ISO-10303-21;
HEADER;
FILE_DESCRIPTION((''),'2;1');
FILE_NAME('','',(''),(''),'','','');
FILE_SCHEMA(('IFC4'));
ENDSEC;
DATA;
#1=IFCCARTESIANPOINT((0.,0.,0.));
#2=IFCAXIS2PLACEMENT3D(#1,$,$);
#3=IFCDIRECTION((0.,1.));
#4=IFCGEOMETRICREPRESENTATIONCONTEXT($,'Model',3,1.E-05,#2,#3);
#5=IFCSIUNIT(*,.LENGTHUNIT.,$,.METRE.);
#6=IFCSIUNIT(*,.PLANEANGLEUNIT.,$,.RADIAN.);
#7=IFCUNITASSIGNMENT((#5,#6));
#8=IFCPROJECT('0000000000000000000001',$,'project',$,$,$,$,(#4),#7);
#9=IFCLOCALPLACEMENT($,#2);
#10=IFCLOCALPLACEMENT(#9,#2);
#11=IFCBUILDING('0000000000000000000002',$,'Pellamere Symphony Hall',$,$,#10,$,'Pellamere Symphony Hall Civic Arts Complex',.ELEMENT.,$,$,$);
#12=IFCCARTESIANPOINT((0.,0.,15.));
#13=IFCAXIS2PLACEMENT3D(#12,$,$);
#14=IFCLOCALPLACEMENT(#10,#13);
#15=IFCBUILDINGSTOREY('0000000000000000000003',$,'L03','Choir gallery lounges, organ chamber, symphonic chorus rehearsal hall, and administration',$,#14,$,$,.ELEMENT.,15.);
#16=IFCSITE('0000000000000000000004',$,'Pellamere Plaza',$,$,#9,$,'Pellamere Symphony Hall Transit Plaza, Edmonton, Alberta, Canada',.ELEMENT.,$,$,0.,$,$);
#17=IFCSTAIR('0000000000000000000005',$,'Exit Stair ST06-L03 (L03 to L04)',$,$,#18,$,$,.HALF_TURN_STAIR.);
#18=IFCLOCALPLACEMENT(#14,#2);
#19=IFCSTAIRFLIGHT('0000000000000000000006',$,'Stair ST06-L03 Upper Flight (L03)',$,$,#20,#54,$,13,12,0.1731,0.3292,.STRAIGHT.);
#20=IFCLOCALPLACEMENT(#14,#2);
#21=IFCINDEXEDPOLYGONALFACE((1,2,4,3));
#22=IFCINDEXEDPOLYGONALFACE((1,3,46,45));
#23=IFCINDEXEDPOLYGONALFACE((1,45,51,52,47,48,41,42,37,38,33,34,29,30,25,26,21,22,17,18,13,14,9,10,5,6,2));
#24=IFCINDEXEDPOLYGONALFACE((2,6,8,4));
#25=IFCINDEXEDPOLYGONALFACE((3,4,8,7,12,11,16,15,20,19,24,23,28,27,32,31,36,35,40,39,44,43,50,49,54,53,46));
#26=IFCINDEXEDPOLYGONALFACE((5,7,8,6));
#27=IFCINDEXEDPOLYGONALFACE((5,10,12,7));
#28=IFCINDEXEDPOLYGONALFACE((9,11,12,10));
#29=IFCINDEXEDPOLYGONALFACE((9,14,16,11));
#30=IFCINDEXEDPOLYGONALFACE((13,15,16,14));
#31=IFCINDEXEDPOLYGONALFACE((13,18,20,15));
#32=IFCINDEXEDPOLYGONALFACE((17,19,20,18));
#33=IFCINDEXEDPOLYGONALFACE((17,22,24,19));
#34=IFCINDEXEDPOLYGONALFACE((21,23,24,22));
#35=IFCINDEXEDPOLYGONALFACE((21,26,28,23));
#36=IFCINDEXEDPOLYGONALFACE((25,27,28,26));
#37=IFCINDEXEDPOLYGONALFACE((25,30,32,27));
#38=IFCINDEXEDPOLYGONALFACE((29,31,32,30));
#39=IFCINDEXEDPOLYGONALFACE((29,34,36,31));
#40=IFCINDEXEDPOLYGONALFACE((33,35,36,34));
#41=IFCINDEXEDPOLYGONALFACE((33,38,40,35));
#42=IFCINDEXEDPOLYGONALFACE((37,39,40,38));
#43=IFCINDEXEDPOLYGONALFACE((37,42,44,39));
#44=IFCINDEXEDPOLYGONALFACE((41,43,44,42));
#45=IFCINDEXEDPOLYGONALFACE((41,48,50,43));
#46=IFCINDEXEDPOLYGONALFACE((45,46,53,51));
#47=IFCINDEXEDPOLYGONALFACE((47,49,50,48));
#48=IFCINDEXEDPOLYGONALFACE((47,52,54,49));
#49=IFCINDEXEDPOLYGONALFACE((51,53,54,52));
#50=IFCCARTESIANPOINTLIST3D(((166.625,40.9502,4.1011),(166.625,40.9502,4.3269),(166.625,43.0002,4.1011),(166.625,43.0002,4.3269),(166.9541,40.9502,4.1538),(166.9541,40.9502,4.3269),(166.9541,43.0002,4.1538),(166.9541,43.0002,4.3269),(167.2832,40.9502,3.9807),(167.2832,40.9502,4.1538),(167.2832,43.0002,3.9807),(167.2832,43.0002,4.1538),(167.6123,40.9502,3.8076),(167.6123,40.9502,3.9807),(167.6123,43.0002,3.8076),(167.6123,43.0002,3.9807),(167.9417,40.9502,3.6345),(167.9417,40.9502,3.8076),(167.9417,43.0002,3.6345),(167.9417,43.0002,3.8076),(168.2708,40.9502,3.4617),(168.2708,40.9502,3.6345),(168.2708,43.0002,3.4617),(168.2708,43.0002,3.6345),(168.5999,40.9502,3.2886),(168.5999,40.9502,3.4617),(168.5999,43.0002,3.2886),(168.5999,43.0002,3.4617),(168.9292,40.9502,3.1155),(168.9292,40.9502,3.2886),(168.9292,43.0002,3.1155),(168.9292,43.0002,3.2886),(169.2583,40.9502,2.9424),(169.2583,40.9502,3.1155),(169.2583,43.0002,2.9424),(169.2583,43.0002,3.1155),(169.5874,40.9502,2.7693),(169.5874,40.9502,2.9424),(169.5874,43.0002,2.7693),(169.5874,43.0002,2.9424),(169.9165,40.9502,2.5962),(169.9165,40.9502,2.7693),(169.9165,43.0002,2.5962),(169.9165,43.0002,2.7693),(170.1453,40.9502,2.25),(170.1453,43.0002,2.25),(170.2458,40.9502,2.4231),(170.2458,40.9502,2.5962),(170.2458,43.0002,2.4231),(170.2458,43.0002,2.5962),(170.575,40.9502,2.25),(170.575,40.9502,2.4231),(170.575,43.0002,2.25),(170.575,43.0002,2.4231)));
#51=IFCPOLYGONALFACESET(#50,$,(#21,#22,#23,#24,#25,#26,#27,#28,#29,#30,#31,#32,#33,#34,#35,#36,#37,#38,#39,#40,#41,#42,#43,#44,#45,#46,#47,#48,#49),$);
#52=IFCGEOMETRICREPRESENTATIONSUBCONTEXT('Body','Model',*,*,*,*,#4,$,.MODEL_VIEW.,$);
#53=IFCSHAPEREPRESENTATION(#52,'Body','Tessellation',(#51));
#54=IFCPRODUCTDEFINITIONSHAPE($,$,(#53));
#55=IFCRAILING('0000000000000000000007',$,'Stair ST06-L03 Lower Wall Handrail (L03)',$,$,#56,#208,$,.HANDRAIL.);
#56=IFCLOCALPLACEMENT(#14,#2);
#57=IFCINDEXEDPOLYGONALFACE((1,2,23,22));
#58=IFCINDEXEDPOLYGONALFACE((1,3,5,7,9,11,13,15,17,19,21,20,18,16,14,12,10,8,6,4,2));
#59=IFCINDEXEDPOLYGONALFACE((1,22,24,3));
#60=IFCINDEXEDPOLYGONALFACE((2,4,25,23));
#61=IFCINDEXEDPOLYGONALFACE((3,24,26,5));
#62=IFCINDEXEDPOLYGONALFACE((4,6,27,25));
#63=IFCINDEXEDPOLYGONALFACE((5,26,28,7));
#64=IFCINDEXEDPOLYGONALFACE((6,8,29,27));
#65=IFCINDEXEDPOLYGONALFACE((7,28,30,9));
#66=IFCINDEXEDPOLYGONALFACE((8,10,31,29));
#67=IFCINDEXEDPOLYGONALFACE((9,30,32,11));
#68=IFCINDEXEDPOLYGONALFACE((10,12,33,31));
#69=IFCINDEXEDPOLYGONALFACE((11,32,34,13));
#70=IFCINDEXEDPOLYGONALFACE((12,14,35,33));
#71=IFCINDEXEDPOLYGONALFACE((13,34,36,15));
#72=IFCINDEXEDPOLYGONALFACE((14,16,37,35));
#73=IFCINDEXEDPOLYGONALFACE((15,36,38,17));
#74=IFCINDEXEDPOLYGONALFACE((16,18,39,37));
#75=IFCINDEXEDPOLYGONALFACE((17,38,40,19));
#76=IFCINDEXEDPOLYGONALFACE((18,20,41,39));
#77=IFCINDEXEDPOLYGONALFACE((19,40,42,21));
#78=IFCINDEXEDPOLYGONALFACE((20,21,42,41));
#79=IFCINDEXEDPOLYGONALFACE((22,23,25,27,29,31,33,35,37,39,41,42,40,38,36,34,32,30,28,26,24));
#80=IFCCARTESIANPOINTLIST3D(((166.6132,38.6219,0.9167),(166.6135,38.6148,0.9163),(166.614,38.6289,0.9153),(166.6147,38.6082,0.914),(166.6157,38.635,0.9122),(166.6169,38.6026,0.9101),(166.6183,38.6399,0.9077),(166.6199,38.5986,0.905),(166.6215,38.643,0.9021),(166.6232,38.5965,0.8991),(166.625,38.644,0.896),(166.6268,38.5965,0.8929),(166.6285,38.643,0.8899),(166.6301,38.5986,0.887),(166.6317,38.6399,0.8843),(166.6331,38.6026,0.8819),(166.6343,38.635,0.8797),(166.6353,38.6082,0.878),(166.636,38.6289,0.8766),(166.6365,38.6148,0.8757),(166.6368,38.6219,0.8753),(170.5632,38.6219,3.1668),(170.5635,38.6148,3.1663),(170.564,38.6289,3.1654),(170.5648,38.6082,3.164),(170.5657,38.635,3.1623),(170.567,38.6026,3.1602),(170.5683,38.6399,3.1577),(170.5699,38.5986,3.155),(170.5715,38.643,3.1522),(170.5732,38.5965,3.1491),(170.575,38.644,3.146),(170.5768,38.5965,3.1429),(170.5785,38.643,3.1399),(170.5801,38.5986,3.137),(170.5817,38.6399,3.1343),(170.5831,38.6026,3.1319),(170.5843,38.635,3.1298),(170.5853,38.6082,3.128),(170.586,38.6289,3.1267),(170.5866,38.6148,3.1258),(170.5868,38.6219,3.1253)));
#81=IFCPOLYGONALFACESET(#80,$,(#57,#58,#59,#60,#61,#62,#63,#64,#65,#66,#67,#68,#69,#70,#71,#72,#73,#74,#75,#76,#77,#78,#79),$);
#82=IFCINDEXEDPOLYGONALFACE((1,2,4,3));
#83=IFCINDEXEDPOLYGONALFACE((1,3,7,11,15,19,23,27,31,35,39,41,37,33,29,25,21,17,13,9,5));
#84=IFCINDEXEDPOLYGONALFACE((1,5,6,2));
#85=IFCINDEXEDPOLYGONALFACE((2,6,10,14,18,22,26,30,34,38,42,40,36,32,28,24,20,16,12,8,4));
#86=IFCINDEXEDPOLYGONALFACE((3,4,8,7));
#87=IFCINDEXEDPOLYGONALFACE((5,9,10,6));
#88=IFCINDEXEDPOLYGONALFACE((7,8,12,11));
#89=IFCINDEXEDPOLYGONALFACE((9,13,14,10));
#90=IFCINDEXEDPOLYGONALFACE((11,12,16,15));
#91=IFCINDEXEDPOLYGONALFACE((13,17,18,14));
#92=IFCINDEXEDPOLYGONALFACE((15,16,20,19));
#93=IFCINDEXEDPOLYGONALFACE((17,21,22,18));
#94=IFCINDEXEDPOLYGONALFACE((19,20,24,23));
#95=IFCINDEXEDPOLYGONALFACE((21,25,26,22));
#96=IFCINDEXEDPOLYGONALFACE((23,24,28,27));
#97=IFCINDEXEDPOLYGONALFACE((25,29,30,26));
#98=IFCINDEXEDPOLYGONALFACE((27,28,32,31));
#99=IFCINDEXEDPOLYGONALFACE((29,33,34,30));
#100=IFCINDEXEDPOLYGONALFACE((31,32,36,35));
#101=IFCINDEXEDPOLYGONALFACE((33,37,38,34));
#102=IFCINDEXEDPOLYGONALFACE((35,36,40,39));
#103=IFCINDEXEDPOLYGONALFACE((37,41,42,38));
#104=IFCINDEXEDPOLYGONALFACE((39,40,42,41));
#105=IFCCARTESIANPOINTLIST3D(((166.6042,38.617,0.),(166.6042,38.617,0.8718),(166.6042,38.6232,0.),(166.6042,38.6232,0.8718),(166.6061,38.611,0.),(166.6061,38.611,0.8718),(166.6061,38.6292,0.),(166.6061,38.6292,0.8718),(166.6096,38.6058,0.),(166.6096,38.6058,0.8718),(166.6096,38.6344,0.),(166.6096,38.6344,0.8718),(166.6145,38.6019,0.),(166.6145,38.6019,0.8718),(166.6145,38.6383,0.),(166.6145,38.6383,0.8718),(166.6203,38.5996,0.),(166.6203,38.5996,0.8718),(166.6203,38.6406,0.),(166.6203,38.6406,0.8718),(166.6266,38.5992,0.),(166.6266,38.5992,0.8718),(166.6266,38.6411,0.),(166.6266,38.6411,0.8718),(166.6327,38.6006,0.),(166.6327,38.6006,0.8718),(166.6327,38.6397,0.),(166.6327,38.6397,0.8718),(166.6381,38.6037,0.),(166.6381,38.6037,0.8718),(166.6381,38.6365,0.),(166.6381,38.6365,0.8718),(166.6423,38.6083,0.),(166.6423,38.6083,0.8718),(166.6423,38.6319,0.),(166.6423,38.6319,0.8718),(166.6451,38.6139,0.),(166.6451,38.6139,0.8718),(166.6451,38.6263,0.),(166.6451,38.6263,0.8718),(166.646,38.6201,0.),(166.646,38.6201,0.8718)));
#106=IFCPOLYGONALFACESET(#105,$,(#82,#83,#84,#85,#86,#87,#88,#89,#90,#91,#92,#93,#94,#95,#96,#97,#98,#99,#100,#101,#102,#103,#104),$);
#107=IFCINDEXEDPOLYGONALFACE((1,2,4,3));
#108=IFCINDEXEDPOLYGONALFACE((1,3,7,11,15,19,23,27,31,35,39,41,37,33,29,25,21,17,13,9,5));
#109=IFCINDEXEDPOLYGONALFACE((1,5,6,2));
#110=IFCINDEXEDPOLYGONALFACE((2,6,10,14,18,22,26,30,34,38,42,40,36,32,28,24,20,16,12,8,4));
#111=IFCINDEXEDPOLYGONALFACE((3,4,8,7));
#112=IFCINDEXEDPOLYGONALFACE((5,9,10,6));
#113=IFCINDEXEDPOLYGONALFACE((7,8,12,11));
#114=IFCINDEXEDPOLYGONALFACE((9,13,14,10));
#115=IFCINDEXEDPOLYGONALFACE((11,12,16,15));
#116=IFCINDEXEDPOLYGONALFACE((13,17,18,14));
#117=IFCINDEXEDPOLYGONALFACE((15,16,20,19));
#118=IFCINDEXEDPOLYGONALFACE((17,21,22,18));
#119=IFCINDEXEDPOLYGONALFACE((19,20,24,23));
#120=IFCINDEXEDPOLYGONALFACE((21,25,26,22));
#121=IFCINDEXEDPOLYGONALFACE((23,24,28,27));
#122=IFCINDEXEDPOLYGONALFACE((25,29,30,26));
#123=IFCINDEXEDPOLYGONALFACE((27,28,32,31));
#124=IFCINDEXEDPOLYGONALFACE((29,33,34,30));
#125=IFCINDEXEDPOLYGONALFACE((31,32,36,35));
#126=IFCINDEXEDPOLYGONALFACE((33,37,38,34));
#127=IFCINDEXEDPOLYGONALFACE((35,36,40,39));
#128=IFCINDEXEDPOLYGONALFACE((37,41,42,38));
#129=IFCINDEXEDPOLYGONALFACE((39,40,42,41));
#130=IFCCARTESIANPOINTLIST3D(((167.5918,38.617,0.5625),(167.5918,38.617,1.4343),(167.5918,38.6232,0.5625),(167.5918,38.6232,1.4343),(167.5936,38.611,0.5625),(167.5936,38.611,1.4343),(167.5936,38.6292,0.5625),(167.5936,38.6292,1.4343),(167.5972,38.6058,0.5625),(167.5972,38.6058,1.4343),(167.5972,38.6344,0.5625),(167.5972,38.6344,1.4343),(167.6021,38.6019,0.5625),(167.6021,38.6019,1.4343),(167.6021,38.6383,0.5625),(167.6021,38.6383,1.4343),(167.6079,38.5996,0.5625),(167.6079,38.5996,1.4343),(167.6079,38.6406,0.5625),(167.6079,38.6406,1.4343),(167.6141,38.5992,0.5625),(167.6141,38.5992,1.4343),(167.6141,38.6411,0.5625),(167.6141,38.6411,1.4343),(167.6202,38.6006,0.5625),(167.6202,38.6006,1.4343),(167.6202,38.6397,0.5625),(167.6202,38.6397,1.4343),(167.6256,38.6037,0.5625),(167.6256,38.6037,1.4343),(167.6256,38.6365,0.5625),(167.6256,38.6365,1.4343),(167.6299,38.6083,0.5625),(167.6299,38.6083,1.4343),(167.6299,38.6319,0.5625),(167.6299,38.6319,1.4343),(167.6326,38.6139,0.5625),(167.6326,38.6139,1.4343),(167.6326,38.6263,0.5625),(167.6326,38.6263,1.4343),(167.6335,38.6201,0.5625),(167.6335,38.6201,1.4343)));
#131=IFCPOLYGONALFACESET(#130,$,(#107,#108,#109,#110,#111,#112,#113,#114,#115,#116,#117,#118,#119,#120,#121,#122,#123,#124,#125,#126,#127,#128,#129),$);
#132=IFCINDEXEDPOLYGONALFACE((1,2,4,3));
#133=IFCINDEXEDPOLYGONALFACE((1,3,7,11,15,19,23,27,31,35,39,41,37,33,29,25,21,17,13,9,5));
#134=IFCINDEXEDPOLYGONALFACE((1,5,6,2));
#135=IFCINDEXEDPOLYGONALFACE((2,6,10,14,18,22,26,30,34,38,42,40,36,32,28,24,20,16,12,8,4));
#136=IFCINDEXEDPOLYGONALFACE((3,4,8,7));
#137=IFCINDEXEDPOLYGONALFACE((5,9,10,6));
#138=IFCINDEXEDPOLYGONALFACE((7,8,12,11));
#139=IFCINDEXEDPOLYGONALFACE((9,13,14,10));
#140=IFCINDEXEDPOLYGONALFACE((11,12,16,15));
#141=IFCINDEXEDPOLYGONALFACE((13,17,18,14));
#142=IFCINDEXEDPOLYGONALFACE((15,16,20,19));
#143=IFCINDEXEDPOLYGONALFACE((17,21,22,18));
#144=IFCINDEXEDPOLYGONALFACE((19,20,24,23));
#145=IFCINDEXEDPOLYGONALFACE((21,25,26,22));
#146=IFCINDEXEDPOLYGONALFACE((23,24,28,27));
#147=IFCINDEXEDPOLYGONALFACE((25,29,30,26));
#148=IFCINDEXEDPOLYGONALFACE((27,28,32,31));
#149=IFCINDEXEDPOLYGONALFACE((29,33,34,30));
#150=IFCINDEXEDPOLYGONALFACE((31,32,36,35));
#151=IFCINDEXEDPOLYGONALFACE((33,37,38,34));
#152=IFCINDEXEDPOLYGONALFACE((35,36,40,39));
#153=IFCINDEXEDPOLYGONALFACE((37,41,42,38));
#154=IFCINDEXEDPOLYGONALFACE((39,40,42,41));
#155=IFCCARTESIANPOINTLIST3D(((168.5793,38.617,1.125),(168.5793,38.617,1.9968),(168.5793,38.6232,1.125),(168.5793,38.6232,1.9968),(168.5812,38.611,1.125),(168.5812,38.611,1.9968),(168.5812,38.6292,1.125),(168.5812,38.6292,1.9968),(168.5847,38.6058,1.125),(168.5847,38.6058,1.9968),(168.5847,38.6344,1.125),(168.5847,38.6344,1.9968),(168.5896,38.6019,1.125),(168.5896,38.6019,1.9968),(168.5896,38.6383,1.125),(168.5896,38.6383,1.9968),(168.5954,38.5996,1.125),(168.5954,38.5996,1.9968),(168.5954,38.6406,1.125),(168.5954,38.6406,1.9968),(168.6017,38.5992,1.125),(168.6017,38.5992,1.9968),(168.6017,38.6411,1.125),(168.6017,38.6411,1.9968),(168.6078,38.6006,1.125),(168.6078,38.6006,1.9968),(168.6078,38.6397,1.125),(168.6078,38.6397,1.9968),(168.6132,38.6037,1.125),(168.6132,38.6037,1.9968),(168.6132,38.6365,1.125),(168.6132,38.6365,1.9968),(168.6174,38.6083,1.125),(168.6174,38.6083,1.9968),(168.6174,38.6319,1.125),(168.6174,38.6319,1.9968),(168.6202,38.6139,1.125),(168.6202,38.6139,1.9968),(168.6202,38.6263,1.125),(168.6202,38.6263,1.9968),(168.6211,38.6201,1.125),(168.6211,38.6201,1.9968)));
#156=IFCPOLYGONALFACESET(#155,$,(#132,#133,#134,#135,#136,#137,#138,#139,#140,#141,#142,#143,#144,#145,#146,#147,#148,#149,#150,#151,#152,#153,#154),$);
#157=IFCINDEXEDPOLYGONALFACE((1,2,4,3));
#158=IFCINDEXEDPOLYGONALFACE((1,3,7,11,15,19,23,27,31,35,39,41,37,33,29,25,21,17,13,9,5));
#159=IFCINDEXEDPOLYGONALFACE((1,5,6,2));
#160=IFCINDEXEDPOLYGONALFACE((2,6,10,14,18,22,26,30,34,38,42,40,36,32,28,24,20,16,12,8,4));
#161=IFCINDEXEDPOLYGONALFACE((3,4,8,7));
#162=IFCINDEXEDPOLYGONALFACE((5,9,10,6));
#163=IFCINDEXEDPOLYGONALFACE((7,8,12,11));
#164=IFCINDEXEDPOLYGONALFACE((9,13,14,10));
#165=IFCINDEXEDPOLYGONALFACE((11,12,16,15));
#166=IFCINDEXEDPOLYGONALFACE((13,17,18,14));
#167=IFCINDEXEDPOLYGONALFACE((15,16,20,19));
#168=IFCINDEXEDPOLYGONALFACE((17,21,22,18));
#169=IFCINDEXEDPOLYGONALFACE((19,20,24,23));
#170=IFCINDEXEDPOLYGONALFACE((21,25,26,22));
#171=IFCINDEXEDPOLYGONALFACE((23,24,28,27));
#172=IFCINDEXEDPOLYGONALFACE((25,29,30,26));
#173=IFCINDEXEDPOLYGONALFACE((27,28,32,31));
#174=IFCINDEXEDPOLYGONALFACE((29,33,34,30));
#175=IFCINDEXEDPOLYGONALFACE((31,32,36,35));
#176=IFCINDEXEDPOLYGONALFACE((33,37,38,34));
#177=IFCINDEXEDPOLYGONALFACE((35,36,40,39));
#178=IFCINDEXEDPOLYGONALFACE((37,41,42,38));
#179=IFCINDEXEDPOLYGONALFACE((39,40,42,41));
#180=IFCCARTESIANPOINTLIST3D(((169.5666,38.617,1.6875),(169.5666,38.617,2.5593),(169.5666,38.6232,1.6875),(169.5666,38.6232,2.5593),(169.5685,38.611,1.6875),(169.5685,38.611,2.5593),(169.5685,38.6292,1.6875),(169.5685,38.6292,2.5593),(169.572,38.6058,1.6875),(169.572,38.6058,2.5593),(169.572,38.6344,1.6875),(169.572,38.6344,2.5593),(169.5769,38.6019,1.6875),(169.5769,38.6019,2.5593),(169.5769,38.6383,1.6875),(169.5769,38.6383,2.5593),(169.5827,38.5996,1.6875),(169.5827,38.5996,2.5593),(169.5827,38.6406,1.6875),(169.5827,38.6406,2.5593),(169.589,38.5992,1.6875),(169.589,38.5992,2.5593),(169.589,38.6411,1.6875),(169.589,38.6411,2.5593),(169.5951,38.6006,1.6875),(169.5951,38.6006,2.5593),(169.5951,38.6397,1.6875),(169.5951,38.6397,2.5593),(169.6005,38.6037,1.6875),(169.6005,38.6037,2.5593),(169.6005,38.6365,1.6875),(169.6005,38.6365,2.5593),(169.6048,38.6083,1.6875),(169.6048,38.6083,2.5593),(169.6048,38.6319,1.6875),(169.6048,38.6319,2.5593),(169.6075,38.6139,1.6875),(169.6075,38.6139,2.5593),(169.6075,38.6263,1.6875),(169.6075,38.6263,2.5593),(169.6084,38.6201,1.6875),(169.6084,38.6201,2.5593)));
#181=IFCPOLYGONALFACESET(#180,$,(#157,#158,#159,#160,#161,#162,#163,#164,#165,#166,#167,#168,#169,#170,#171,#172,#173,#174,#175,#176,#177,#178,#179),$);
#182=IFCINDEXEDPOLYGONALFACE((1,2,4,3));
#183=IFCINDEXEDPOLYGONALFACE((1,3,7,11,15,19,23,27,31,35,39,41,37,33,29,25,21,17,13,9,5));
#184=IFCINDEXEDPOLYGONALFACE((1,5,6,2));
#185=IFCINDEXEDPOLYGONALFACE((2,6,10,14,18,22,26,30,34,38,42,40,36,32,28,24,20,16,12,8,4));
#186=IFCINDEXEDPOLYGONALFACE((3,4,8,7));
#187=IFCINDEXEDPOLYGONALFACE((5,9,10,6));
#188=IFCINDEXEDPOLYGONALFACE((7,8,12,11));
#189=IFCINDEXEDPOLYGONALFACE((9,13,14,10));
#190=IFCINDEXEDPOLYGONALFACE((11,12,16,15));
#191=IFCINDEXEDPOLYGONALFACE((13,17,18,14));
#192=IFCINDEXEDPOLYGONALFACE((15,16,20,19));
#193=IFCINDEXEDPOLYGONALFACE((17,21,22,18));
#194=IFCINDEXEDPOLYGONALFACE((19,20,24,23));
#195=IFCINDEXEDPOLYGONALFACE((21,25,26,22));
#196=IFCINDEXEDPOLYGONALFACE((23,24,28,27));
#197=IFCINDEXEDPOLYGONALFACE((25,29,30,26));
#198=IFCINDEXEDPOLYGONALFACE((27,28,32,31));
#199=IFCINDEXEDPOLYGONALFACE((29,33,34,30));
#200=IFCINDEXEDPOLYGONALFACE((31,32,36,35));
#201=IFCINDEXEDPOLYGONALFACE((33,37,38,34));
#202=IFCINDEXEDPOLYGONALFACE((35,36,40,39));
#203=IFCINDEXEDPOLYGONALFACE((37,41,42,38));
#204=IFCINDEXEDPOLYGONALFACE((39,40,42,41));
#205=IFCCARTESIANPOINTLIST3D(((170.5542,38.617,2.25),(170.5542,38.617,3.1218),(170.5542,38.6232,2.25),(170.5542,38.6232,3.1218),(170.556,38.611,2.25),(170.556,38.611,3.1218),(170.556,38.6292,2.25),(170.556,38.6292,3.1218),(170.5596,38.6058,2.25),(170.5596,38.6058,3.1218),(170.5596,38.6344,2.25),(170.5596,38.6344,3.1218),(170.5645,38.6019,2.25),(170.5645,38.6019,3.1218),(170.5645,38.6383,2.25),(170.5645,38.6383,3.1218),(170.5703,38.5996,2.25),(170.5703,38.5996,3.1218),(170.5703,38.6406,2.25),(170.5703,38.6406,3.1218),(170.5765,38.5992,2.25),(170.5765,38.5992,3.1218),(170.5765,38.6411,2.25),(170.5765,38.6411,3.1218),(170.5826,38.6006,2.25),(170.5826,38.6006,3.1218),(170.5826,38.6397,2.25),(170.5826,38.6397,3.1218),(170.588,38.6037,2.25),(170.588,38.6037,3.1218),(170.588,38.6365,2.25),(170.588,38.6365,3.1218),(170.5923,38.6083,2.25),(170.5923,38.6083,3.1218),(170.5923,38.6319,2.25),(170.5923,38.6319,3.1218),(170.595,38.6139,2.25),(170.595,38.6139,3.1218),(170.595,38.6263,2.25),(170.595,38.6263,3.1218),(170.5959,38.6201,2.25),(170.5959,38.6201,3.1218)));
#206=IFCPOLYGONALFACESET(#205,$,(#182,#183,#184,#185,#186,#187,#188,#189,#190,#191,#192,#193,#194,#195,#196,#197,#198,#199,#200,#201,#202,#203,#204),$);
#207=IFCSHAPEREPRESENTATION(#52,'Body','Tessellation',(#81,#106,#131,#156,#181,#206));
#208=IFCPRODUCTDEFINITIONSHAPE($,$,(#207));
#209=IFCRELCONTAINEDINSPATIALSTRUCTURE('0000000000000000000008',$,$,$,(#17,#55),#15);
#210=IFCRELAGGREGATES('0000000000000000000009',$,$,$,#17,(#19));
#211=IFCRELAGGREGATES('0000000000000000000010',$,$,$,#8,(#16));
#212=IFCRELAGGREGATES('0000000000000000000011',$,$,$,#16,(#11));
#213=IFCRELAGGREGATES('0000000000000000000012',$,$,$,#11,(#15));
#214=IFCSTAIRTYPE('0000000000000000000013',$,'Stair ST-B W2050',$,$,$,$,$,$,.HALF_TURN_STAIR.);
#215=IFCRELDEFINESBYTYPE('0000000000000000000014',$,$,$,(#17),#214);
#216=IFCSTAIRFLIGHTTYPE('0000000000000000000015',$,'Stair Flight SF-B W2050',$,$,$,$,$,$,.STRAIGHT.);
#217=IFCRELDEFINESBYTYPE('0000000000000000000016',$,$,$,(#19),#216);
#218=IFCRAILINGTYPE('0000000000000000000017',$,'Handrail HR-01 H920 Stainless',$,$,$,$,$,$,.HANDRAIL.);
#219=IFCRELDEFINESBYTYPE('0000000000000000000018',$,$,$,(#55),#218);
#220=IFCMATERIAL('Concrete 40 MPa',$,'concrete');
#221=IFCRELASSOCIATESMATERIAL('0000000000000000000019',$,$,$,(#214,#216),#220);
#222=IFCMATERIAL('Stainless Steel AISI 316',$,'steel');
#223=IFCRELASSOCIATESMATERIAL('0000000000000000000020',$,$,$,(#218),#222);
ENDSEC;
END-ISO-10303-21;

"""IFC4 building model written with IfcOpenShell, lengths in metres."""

from ifc_helpers import new_model, si_unit, direction, frame, origin, origin_2d, place, context, subcontext, project, spatial, polyline, circle, outline, extrude, material, type_object, element, aggregate, save


model = new_model("IFC4")

# Units and contexts
model_context = context("Model", 3, precision=1e-05, world=origin(), true_north=direction((0.0, 1.0)))
body_context = subcontext(model_context, "Body", "Model", "MODEL_VIEW")
ifc_project = project(units=[si_unit("LENGTHUNIT", "METRE"), si_unit("PLANEANGLEUNIT", "RADIAN")], contexts=[model_context])

# Site, building, storey
site_placement = place(None, origin())
site = spatial("IfcSite", under=ifc_project, at=site_placement, Name="Pellamere Plaza", LongName="Pellamere Symphony Hall Transit Plaza, Edmonton, Alberta, Canada", CompositionType="ELEMENT", RefElevation=0.0)
building_placement = place(site_placement, origin())
building = spatial("IfcBuilding", under=site, at=building_placement, Name="Pellamere Symphony Hall", LongName="Pellamere Symphony Hall Civic Arts Complex", CompositionType="ELEMENT")
storey_placement = place(building_placement, frame((0.0, 0.0, 15.0)))
storey = spatial("IfcBuildingStorey", under=building, at=storey_placement, Name="L03", Description="Choir gallery lounges, organ chamber, symphonic chorus rehearsal hall, and administration", CompositionType="ELEMENT", Elevation=15.0)

# Shared definitions
ifc_material_1 = material(Name="Concrete 40 MPa", Category="concrete")

# Stair, stair flight
stair_type = type_object("IfcStairType", Name="Stair ST-B W2050", PredefinedType="HALF_TURN_STAIR", material=ifc_material_1)
stair_placement = place(storey_placement, origin())
stair = element("IfcStair", 1, at=stair_placement, inside=storey, type_object=stair_type, Name="Exit Stair ST06-L03 (L03 to L04)", PredefinedType="HALF_TURN_STAIR")
stair_flight_type = type_object("IfcStairFlightType", Name="Stair Flight SF-B W2050", PredefinedType="STRAIGHT", material=ifc_material_1)
stair_flight_1_placement = place(storey_placement, frame((170.575, 41.9751, 2.25), z_axis=(0.0, 0.0, 1.0), x_axis=(-1.0, 0.0, 0.0)))
stair_flight_1 = element("IfcStairFlight", 2, at=stair_flight_1_placement, type_object=stair_flight_type, Name="Stair ST06-L03 Upper Flight (L03)", NumberOfRisers=13, NumberOfTreads=12, PredefinedType="STRAIGHT", RiserHeight=0.1731, TreadLength=0.3292, context=body_context, shape_type="SweptSolid", body=[
    extrude(outline(polyline([(0.0, 0.0), (0.0, 0.1731), (0.3291, 0.1731), (0.3291, 0.3462), (0.6584, 0.3462), (0.6584, 0.5193), (0.9875, 0.5193), (0.9875, 0.6924), (1.3167, 0.6924), (1.3167, 0.8655), (1.6458, 0.8655), (1.6458, 1.0386), (1.9751, 1.0386), (1.9751, 1.2117), (2.3042, 1.2117), (2.3042, 1.3845), (2.6333, 1.3845), (2.6333, 1.5576), (2.9626, 1.5576), (2.9626, 1.7307), (3.2917, 1.7307), (3.2917, 1.9038), (3.6208, 1.9038), (3.6208, 2.0769), (3.95, 2.0769), (3.95, 2.25), (3.95, 1.8511), (0.4297, 0.0), (0.0, 0.0)])), frame((0.0, 1.0249, 0.0), z_axis=(0.0, -1.0, 0.0), x_axis=(1.0, 0.0, 0.0)), (0.0, 0.0, 1.0), 2.05),
])
aggregate(stair, [stair_flight_1])

# Railing
ifc_material_2 = material(Name="Stainless Steel AISI 316", Category="steel")
railing_type_1 = type_object("IfcRailingType", Name="Handrail HR-01 H920 Stainless", PredefinedType="HANDRAIL", material=ifc_material_2)
railing_1_placement = place(storey_placement, frame((166.625, 38.6201, 0.0)))
element("IfcRailing", 3, at=railing_1_placement, inside=storey, type_object=railing_type_1, Name="Stair ST06-L03 Lower Wall Handrail (L03)", PredefinedType="HANDRAIL", context=body_context, shape_type="SweptSolid", body=[
    extrude(circle(Radius=0.0239, at=origin_2d()), frame((0.0, 0.0, 0.896), z_axis=(0.868917, 0.0, 0.494959), x_axis=(0.0, 1.0, 0.0)), (0.0, 0.0, 1.0), 4.5459),
    extrude(circle(Radius=0.021, at=origin_2d()), origin(), (0.0, 0.0, 1.0), 0.8718),
    extrude(circle(Radius=0.021, at=origin_2d()), frame((0.9875, 0.0, 0.5625)), (0.0, 0.0, 1.0), 0.8718),
    extrude(circle(Radius=0.021, at=origin_2d()), frame((1.9751, 0.0, 1.125)), (0.0, 0.0, 1.0), 0.8718),
    extrude(circle(Radius=0.021, at=origin_2d()), frame((2.9624, 0.0, 1.6875)), (0.0, 0.0, 1.0), 0.8718),
    extrude(circle(Radius=0.021, at=origin_2d()), frame((3.95, 0.0, 2.25)), (0.0, 0.0, 1.0), 0.8718),
])

save(model, "model.ifc")
